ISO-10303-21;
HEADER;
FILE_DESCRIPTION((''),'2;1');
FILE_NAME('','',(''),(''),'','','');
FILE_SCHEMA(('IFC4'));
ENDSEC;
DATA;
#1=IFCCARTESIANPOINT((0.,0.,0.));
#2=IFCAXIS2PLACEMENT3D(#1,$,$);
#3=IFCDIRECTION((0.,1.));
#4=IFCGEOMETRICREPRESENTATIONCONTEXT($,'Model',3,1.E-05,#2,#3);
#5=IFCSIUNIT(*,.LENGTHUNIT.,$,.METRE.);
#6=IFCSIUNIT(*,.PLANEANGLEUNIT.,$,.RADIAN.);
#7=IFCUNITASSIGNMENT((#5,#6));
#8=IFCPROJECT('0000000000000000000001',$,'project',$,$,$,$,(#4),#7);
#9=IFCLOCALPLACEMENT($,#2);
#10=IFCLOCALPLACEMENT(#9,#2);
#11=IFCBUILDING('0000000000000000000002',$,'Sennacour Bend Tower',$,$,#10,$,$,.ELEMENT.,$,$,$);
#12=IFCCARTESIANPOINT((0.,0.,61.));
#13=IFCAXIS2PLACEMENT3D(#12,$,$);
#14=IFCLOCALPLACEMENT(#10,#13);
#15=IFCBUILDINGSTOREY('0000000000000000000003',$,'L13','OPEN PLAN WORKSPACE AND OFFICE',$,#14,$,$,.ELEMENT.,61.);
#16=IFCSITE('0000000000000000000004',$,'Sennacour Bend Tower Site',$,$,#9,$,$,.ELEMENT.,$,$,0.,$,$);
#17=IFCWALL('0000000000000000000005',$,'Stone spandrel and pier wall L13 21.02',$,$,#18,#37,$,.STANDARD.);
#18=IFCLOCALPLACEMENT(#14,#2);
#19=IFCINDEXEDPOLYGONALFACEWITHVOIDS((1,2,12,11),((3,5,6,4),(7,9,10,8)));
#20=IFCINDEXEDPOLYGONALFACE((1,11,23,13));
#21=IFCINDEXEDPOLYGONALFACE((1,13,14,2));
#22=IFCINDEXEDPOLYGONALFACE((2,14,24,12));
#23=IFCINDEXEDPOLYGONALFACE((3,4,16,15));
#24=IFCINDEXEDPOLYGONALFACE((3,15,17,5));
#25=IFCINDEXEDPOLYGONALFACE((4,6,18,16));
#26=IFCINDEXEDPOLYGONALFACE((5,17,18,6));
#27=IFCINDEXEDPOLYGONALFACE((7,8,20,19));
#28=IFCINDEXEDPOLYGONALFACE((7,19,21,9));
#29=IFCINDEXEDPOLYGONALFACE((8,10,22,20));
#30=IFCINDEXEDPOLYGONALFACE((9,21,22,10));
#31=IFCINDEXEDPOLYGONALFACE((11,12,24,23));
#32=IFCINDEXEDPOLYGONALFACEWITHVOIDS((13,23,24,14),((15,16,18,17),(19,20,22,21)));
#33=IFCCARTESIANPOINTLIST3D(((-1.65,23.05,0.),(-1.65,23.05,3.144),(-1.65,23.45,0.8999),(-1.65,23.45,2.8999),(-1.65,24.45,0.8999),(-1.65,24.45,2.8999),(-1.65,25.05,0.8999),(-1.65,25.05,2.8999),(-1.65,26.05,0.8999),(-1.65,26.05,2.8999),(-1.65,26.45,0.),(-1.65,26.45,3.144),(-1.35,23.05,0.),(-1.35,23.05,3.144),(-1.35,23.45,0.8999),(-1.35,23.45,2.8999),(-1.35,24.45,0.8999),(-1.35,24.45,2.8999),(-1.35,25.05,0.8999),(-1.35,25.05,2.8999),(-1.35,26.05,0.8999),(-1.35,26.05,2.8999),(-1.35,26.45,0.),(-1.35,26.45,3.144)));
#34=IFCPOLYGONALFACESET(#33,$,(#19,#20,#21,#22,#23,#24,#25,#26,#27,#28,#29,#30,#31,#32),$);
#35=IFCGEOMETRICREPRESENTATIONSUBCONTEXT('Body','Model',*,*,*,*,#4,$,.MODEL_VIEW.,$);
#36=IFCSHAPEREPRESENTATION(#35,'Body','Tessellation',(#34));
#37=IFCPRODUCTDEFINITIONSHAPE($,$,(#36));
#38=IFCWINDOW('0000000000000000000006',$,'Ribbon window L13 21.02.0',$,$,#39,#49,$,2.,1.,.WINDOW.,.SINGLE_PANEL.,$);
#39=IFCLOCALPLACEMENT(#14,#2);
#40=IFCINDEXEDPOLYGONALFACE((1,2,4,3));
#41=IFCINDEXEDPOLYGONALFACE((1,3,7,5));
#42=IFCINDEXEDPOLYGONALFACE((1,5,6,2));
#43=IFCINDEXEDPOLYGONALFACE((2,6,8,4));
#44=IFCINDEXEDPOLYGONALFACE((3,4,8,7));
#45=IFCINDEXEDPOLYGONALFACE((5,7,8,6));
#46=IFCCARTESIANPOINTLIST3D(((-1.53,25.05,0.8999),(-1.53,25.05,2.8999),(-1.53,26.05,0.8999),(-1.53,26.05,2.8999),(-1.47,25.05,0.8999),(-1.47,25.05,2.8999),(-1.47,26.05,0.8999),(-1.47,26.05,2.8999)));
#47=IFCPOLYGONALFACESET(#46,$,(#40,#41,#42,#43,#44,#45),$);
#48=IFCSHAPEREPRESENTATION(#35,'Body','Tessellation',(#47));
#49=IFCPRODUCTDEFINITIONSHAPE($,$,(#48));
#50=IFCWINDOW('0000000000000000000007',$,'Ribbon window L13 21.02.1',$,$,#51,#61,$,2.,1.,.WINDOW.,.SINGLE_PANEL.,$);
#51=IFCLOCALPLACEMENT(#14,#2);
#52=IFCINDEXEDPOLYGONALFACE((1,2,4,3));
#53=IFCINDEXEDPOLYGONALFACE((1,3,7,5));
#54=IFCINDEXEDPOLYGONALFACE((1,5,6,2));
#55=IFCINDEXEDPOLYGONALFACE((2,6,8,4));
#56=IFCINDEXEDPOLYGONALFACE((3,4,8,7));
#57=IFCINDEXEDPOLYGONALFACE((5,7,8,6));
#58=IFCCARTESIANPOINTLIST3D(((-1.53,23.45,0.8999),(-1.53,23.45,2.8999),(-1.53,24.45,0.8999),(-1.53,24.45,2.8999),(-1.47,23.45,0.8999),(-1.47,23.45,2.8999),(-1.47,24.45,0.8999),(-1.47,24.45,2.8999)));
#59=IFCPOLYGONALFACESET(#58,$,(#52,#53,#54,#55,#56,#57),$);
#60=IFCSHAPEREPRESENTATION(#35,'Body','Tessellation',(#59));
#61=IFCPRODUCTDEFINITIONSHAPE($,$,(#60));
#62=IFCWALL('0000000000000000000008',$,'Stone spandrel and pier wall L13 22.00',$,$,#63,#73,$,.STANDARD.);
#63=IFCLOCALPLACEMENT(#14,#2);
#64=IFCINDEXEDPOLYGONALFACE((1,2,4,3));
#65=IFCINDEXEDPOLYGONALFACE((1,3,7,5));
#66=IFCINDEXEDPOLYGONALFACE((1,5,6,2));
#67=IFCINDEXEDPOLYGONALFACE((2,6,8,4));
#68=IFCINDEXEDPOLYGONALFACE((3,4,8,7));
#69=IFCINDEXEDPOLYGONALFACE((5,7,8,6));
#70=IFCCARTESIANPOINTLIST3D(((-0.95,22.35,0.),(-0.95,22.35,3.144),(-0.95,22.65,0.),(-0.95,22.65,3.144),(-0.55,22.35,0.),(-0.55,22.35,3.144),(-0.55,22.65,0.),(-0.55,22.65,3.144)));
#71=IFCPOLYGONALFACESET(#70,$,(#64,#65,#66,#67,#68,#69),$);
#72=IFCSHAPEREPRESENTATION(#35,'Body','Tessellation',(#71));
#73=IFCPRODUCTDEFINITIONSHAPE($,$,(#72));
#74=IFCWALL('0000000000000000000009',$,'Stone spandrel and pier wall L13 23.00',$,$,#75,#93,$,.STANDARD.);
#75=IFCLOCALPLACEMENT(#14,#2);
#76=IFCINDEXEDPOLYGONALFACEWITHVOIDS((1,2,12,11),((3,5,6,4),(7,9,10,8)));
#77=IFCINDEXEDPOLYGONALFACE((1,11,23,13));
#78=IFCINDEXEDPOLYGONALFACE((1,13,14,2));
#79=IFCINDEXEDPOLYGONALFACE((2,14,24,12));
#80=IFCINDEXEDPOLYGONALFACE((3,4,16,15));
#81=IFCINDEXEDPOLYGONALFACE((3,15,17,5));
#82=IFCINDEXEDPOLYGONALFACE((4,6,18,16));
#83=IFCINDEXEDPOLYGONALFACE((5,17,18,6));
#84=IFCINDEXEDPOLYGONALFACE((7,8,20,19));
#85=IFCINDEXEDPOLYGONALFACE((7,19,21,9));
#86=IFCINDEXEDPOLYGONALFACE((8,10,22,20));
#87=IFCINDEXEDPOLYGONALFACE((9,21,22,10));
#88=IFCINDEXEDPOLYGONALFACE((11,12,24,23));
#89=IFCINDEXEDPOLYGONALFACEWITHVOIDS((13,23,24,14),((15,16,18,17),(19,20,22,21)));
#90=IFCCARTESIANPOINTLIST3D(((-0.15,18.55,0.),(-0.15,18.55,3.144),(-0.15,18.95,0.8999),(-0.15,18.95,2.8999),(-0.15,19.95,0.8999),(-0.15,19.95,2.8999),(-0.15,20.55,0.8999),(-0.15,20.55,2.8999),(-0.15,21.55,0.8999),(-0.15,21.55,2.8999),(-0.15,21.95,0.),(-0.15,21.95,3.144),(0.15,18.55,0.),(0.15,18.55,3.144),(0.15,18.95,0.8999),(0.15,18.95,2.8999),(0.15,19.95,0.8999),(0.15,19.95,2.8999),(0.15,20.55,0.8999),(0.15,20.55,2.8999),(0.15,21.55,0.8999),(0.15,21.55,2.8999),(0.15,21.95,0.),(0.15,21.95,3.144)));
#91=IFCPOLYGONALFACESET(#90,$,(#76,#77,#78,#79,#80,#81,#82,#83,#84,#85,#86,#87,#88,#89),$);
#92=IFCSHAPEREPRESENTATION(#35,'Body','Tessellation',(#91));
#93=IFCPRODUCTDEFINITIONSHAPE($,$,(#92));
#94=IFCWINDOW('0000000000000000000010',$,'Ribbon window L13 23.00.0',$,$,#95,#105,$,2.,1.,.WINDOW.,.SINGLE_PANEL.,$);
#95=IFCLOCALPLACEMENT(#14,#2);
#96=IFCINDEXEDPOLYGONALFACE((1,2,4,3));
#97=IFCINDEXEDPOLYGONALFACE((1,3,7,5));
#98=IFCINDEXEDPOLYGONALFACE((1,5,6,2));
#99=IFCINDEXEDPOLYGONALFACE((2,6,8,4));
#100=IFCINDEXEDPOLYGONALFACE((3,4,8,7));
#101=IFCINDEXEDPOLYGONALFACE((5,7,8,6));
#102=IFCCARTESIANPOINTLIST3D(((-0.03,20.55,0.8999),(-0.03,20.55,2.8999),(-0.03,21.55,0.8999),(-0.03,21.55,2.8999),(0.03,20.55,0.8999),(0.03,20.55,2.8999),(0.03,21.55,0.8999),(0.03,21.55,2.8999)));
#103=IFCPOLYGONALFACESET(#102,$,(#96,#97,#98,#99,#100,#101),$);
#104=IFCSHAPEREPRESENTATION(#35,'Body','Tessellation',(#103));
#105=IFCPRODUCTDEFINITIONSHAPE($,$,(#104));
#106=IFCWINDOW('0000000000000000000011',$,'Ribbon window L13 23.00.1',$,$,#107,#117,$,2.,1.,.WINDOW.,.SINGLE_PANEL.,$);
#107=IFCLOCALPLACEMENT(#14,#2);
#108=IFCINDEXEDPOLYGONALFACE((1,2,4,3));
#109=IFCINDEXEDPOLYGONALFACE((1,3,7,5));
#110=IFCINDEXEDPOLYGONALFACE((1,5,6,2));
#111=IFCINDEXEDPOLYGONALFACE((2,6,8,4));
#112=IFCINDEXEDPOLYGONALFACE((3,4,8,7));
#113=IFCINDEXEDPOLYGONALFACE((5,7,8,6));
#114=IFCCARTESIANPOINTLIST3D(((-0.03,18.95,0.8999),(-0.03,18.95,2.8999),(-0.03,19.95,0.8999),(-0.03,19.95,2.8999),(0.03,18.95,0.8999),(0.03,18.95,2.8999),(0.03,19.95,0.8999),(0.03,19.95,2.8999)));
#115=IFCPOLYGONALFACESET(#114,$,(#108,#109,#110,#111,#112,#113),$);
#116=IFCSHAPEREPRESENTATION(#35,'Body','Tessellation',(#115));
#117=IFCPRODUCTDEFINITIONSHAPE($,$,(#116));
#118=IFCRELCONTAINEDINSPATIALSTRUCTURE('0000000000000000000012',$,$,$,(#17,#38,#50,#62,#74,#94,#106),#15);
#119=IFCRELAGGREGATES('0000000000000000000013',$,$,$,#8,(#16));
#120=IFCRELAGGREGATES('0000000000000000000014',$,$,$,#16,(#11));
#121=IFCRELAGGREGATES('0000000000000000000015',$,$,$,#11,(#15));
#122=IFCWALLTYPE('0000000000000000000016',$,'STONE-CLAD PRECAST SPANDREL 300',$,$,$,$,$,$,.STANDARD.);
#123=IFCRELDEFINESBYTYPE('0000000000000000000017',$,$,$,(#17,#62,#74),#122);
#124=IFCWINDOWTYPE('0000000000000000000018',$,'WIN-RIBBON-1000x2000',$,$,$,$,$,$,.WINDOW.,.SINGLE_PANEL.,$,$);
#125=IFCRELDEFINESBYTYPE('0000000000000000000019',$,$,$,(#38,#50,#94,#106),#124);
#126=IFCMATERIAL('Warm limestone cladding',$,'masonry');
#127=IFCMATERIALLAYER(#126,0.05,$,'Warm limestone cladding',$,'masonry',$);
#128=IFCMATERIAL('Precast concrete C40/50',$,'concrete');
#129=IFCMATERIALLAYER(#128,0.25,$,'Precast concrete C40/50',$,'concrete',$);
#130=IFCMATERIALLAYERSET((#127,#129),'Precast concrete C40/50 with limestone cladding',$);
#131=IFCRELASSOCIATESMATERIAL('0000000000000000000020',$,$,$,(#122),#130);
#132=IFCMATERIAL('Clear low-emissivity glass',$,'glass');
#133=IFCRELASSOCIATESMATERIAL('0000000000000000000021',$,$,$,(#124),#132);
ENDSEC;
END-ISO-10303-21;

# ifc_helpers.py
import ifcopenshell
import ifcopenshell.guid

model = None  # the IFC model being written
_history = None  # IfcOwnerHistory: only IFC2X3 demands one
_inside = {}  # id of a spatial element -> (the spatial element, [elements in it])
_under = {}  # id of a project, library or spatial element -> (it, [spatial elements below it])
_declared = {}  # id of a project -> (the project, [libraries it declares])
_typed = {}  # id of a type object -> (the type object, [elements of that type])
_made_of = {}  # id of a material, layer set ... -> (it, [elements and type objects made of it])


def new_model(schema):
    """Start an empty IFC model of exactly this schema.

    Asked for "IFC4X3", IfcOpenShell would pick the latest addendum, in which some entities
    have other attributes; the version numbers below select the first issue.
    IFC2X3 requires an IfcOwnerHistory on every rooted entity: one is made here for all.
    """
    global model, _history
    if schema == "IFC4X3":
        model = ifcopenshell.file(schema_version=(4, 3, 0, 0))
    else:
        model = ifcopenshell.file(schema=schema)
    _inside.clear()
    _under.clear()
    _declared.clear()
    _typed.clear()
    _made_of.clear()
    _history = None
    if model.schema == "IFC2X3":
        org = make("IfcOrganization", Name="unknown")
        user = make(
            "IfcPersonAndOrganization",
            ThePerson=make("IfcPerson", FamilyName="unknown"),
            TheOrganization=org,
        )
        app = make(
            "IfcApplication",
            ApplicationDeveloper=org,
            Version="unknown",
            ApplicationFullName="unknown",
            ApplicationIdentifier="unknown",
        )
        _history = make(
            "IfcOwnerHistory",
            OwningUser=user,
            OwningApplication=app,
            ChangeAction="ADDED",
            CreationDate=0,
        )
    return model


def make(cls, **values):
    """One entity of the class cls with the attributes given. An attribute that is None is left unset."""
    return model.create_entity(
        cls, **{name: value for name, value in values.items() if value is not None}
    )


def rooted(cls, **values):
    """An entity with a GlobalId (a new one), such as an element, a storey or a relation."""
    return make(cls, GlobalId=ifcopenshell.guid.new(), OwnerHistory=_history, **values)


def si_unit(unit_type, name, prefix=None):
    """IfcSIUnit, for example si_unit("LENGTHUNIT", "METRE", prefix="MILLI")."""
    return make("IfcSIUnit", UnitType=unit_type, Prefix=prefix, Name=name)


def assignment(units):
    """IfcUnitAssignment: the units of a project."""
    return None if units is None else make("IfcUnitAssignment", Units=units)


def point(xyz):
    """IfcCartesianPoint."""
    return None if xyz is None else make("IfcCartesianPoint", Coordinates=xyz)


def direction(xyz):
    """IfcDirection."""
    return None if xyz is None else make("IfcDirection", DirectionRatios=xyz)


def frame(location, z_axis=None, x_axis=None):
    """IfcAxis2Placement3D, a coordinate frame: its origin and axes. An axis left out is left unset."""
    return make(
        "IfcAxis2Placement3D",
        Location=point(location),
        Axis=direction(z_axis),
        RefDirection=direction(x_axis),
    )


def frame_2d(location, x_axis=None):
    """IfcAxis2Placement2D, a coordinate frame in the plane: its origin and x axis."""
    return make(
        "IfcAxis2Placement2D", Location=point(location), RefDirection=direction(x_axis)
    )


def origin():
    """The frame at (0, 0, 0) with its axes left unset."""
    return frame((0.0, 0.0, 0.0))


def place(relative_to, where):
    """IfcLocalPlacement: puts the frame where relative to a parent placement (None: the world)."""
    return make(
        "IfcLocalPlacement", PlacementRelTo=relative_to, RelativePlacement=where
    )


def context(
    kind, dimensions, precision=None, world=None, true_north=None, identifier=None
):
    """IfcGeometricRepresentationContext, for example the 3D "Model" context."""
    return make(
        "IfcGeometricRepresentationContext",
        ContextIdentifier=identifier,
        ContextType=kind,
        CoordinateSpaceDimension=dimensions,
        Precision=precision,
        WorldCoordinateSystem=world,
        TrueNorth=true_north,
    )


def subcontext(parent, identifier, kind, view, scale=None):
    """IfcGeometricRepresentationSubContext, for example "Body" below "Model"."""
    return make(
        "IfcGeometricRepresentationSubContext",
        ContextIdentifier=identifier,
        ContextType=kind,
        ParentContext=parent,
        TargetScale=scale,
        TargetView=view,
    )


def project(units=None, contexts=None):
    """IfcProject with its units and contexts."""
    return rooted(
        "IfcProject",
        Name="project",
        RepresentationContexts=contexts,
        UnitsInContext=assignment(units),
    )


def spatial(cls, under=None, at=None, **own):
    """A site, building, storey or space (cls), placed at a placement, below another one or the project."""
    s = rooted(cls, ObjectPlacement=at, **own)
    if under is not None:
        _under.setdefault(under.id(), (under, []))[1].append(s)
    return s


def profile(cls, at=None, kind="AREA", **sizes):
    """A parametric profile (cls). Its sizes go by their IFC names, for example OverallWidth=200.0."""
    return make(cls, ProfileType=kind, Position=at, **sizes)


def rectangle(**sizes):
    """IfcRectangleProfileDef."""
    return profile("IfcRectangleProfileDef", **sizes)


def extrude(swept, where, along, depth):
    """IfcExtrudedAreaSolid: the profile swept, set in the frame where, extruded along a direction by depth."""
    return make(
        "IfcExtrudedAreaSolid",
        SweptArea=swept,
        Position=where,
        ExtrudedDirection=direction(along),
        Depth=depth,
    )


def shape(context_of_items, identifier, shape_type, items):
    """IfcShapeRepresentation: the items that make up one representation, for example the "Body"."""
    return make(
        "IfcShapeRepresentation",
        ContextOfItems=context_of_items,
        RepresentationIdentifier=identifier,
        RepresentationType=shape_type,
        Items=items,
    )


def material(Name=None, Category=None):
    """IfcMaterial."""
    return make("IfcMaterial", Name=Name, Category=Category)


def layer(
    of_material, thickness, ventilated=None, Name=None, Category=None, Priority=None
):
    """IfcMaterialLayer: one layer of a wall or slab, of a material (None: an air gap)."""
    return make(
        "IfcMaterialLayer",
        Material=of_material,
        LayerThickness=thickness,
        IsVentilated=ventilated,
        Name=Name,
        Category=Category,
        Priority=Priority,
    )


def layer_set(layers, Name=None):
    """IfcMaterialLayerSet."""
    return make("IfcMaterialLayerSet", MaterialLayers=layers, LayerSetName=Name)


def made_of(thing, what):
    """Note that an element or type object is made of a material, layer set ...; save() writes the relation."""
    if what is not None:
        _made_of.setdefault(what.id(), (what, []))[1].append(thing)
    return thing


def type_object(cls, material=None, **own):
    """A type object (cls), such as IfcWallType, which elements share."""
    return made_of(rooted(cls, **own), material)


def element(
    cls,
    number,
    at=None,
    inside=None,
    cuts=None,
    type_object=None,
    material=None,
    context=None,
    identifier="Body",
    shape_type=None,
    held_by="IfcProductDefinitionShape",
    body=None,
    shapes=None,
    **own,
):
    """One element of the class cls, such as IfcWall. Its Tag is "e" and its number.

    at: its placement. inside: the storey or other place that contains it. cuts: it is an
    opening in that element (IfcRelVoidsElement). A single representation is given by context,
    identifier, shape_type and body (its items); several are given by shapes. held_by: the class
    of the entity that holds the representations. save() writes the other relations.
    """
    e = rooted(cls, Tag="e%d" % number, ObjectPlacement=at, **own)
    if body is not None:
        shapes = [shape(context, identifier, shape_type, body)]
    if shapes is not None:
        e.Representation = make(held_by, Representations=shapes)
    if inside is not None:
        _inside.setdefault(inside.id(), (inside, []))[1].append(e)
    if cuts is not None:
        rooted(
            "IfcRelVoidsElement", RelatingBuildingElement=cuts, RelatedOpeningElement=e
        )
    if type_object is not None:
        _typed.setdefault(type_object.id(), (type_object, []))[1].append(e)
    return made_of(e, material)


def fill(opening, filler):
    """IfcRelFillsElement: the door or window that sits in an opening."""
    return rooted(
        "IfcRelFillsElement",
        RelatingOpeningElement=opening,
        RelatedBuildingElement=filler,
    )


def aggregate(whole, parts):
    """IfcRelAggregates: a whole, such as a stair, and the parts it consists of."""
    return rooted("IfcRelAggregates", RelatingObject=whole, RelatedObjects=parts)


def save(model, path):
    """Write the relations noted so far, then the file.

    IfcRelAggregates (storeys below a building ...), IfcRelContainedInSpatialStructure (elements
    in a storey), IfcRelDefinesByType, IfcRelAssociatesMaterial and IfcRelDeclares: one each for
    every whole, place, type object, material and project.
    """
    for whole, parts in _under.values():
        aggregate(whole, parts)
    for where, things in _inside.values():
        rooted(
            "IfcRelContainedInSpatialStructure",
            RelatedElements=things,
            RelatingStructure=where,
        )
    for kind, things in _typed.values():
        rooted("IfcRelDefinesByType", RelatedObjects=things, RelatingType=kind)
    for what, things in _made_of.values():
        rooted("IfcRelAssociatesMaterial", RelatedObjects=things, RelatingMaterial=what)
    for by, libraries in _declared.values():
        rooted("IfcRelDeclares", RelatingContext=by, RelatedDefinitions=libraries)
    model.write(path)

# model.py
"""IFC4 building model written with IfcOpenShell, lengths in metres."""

from ifc_helpers import new_model, si_unit, direction, frame, frame_2d, origin, place, context, subcontext, project, spatial, rectangle, extrude, material, layer, layer_set, type_object, element, fill, save


model = new_model("IFC4")

# Units and contexts
model_context = context("Model", 3, precision=1e-05, world=origin(), true_north=direction((0.0, 1.0)))
body_context = subcontext(model_context, "Body", "Model", "MODEL_VIEW")
ifc_project = project(units=[si_unit("LENGTHUNIT", "METRE"), si_unit("PLANEANGLEUNIT", "RADIAN")], contexts=[model_context])

# Site, building, storey
site_placement = place(None, origin())
site = spatial("IfcSite", under=ifc_project, at=site_placement, Name="Sennacour Bend Tower Site", CompositionType="ELEMENT", RefElevation=0.0)
building_placement = place(site_placement, origin())
building = spatial("IfcBuilding", under=site, at=building_placement, Name="Sennacour Bend Tower", CompositionType="ELEMENT")
storey_placement = place(building_placement, frame((0.0, 0.0, 61.0)))
storey = spatial("IfcBuildingStorey", under=building, at=storey_placement, Name="L13", Description="OPEN PLAN WORKSPACE AND OFFICE", CompositionType="ELEMENT", Elevation=61.0)

# Shared definitions
ifc_material_1 = material(Name="Warm limestone cladding", Category="masonry")
ifc_layer_1 = layer(ifc_material_1, 0.05, Name="Warm limestone cladding", Category="masonry")
ifc_material_2 = material(Name="Precast concrete C40/50", Category="concrete")
ifc_layer_2 = layer(ifc_material_2, 0.25, Name="Precast concrete C40/50", Category="concrete")
ifc_layer_set_1 = layer_set([ifc_layer_1, ifc_layer_2], Name="Precast concrete C40/50 with limestone cladding")
wall_type_1 = type_object("IfcWallType", Name="STONE-CLAD PRECAST SPANDREL 300", PredefinedType="STANDARD", material=ifc_layer_set_1)

# Wall, openings, windows
ifc_material_3 = material(Name="Clear low-emissivity glass", Category="glass")
window_type = type_object("IfcWindowType", Name="WIN-RIBBON-1000x2000", PartitioningType="SINGLE_PANEL", PredefinedType="WINDOW", material=ifc_material_3)
wall_1_placement = place(storey_placement, frame((-1.5, 26.45, 0.0), z_axis=(0.0, 0.0, 1.0), x_axis=(0.0, -1.0, 0.0)))
wall_1 = element("IfcWall", 1, at=wall_1_placement, inside=storey, type_object=wall_type_1, Name="Stone spandrel and pier wall L13 21.02", PredefinedType="STANDARD", context=body_context, shape_type="SweptSolid", body=[
    extrude(rectangle(XDim=3.3999, YDim=0.3, at=frame_2d((1.7, 0.0))), origin(), (0.0, 0.0, 1.0), 3.144),
])
opening_1_placement = place(wall_1_placement, frame((0.3999, 0.0, 0.8999)))
opening_1 = element("IfcOpeningElement", 2, at=opening_1_placement, cuts=wall_1, PredefinedType="OPENING", context=body_context, shape_type="SweptSolid", body=[
    extrude(rectangle(XDim=1.0, YDim=2.0, at=frame_2d((0.5, 1.0))), frame((0.0, 0.1602, 0.0), z_axis=(0.0, -1.0, 0.0), x_axis=(1.0, 0.0, 0.0)), (0.0, 0.0, 1.0), 0.3201),
])
opening_2_placement = place(wall_1_placement, frame((2.0, 0.0, 0.8999)))
opening_2 = element("IfcOpeningElement", 3, at=opening_2_placement, cuts=wall_1, PredefinedType="OPENING", context=body_context, shape_type="SweptSolid", body=[
    extrude(rectangle(XDim=1.0, YDim=2.0, at=frame_2d((0.5, 1.0))), frame((0.0, 0.1602, 0.0), z_axis=(0.0, -1.0, 0.0), x_axis=(1.0, 0.0, 0.0)), (0.0, 0.0, 1.0), 0.3201),
])
window_1_placement = place(opening_1_placement, origin())
window_1 = element("IfcWindow", 4, at=window_1_placement, inside=storey, type_object=window_type, Name="Ribbon window L13 21.02.0", OverallHeight=2.0, OverallWidth=1.0, PartitioningType="SINGLE_PANEL", PredefinedType="WINDOW", context=body_context, shape_type="SweptSolid", body=[
    extrude(rectangle(XDim=1.0, YDim=2.0, at=frame_2d((0.5, 1.0))), frame((0.0, 0.03, 0.0), z_axis=(0.0, -1.0, 0.0), x_axis=(1.0, 0.0, 0.0)), (0.0, 0.0, 1.0), 0.0601),
])
fill(opening_1, window_1)
window_2_placement = place(opening_2_placement, origin())
window_2 = element("IfcWindow", 5, at=window_2_placement, inside=storey, type_object=window_type, Name="Ribbon window L13 21.02.1", OverallHeight=2.0, OverallWidth=1.0, PartitioningType="SINGLE_PANEL", PredefinedType="WINDOW", context=body_context, shape_type="SweptSolid", body=[
    extrude(rectangle(XDim=1.0, YDim=2.0, at=frame_2d((0.5, 1.0))), frame((0.0, 0.03, 0.0), z_axis=(0.0, -1.0, 0.0), x_axis=(1.0, 0.0, 0.0)), (0.0, 0.0, 1.0), 0.0601),
])
fill(opening_2, window_2)

# Wall
wall_2_placement = place(storey_placement, frame((-0.95, 22.5, 0.0), z_axis=(0.0, 0.0, 1.0), x_axis=(1.0, 0.0, 0.0)))
element("IfcWall", 6, at=wall_2_placement, inside=storey, type_object=wall_type_1, Name="Stone spandrel and pier wall L13 22.00", PredefinedType="STANDARD", context=body_context, shape_type="SweptSolid", body=[
    extrude(rectangle(XDim=0.3999, YDim=0.3, at=frame_2d((0.2, 0.0))), origin(), (0.0, 0.0, 1.0), 3.144),
])

# Wall, openings, windows
wall_3_placement = place(storey_placement, frame((0.0, 21.95, 0.0), z_axis=(0.0, 0.0, 1.0), x_axis=(0.0, -1.0, 0.0)))
wall_3 = element("IfcWall", 7, at=wall_3_placement, inside=storey, type_object=wall_type_1, Name="Stone spandrel and pier wall L13 23.00", PredefinedType="STANDARD", context=body_context, shape_type="SweptSolid", body=[
    extrude(rectangle(XDim=3.3999, YDim=0.3, at=frame_2d((1.7, 0.0))), origin(), (0.0, 0.0, 1.0), 3.144),
])
opening_3_placement = place(wall_3_placement, frame((0.3999, 0.0, 0.8999)))
opening_3 = element("IfcOpeningElement", 8, at=opening_3_placement, cuts=wall_3, PredefinedType="OPENING", context=body_context, shape_type="SweptSolid", body=[
    extrude(rectangle(XDim=1.0, YDim=2.0, at=frame_2d((0.5, 1.0))), frame((0.0, 0.1602, 0.0), z_axis=(0.0, -1.0, 0.0), x_axis=(1.0, 0.0, 0.0)), (0.0, 0.0, 1.0), 0.3201),
])
opening_4_placement = place(wall_3_placement, frame((2.0, 0.0, 0.8999)))
opening_4 = element("IfcOpeningElement", 9, at=opening_4_placement, cuts=wall_3, PredefinedType="OPENING", context=body_context, shape_type="SweptSolid", body=[
    extrude(rectangle(XDim=1.0, YDim=2.0, at=frame_2d((0.5, 1.0))), frame((0.0, 0.1602, 0.0), z_axis=(0.0, -1.0, 0.0), x_axis=(1.0, 0.0, 0.0)), (0.0, 0.0, 1.0), 0.3201),
])
window_3_placement = place(opening_3_placement, origin())
window_3 = element("IfcWindow", 10, at=window_3_placement, inside=storey, type_object=window_type, Name="Ribbon window L13 23.00.0", OverallHeight=2.0, OverallWidth=1.0, PartitioningType="SINGLE_PANEL", PredefinedType="WINDOW", context=body_context, shape_type="SweptSolid", body=[
    extrude(rectangle(XDim=1.0, YDim=2.0, at=frame_2d((0.5, 1.0))), frame((0.0, 0.03, 0.0), z_axis=(0.0, -1.0, 0.0), x_axis=(1.0, 0.0, 0.0)), (0.0, 0.0, 1.0), 0.0601),
])
fill(opening_3, window_3)
window_4_placement = place(opening_4_placement, origin())
window_4 = element("IfcWindow", 11, at=window_4_placement, inside=storey, type_object=window_type, Name="Ribbon window L13 23.00.1", OverallHeight=2.0, OverallWidth=1.0, PartitioningType="SINGLE_PANEL", PredefinedType="WINDOW", context=body_context, shape_type="SweptSolid", body=[
    extrude(rectangle(XDim=1.0, YDim=2.0, at=frame_2d((0.5, 1.0))), frame((0.0, 0.03, 0.0), z_axis=(0.0, -1.0, 0.0), x_axis=(1.0, 0.0, 0.0)), (0.0, 0.0, 1.0), 0.0601),
])
fill(opening_4, window_4)

save(model, "model.ifc")
